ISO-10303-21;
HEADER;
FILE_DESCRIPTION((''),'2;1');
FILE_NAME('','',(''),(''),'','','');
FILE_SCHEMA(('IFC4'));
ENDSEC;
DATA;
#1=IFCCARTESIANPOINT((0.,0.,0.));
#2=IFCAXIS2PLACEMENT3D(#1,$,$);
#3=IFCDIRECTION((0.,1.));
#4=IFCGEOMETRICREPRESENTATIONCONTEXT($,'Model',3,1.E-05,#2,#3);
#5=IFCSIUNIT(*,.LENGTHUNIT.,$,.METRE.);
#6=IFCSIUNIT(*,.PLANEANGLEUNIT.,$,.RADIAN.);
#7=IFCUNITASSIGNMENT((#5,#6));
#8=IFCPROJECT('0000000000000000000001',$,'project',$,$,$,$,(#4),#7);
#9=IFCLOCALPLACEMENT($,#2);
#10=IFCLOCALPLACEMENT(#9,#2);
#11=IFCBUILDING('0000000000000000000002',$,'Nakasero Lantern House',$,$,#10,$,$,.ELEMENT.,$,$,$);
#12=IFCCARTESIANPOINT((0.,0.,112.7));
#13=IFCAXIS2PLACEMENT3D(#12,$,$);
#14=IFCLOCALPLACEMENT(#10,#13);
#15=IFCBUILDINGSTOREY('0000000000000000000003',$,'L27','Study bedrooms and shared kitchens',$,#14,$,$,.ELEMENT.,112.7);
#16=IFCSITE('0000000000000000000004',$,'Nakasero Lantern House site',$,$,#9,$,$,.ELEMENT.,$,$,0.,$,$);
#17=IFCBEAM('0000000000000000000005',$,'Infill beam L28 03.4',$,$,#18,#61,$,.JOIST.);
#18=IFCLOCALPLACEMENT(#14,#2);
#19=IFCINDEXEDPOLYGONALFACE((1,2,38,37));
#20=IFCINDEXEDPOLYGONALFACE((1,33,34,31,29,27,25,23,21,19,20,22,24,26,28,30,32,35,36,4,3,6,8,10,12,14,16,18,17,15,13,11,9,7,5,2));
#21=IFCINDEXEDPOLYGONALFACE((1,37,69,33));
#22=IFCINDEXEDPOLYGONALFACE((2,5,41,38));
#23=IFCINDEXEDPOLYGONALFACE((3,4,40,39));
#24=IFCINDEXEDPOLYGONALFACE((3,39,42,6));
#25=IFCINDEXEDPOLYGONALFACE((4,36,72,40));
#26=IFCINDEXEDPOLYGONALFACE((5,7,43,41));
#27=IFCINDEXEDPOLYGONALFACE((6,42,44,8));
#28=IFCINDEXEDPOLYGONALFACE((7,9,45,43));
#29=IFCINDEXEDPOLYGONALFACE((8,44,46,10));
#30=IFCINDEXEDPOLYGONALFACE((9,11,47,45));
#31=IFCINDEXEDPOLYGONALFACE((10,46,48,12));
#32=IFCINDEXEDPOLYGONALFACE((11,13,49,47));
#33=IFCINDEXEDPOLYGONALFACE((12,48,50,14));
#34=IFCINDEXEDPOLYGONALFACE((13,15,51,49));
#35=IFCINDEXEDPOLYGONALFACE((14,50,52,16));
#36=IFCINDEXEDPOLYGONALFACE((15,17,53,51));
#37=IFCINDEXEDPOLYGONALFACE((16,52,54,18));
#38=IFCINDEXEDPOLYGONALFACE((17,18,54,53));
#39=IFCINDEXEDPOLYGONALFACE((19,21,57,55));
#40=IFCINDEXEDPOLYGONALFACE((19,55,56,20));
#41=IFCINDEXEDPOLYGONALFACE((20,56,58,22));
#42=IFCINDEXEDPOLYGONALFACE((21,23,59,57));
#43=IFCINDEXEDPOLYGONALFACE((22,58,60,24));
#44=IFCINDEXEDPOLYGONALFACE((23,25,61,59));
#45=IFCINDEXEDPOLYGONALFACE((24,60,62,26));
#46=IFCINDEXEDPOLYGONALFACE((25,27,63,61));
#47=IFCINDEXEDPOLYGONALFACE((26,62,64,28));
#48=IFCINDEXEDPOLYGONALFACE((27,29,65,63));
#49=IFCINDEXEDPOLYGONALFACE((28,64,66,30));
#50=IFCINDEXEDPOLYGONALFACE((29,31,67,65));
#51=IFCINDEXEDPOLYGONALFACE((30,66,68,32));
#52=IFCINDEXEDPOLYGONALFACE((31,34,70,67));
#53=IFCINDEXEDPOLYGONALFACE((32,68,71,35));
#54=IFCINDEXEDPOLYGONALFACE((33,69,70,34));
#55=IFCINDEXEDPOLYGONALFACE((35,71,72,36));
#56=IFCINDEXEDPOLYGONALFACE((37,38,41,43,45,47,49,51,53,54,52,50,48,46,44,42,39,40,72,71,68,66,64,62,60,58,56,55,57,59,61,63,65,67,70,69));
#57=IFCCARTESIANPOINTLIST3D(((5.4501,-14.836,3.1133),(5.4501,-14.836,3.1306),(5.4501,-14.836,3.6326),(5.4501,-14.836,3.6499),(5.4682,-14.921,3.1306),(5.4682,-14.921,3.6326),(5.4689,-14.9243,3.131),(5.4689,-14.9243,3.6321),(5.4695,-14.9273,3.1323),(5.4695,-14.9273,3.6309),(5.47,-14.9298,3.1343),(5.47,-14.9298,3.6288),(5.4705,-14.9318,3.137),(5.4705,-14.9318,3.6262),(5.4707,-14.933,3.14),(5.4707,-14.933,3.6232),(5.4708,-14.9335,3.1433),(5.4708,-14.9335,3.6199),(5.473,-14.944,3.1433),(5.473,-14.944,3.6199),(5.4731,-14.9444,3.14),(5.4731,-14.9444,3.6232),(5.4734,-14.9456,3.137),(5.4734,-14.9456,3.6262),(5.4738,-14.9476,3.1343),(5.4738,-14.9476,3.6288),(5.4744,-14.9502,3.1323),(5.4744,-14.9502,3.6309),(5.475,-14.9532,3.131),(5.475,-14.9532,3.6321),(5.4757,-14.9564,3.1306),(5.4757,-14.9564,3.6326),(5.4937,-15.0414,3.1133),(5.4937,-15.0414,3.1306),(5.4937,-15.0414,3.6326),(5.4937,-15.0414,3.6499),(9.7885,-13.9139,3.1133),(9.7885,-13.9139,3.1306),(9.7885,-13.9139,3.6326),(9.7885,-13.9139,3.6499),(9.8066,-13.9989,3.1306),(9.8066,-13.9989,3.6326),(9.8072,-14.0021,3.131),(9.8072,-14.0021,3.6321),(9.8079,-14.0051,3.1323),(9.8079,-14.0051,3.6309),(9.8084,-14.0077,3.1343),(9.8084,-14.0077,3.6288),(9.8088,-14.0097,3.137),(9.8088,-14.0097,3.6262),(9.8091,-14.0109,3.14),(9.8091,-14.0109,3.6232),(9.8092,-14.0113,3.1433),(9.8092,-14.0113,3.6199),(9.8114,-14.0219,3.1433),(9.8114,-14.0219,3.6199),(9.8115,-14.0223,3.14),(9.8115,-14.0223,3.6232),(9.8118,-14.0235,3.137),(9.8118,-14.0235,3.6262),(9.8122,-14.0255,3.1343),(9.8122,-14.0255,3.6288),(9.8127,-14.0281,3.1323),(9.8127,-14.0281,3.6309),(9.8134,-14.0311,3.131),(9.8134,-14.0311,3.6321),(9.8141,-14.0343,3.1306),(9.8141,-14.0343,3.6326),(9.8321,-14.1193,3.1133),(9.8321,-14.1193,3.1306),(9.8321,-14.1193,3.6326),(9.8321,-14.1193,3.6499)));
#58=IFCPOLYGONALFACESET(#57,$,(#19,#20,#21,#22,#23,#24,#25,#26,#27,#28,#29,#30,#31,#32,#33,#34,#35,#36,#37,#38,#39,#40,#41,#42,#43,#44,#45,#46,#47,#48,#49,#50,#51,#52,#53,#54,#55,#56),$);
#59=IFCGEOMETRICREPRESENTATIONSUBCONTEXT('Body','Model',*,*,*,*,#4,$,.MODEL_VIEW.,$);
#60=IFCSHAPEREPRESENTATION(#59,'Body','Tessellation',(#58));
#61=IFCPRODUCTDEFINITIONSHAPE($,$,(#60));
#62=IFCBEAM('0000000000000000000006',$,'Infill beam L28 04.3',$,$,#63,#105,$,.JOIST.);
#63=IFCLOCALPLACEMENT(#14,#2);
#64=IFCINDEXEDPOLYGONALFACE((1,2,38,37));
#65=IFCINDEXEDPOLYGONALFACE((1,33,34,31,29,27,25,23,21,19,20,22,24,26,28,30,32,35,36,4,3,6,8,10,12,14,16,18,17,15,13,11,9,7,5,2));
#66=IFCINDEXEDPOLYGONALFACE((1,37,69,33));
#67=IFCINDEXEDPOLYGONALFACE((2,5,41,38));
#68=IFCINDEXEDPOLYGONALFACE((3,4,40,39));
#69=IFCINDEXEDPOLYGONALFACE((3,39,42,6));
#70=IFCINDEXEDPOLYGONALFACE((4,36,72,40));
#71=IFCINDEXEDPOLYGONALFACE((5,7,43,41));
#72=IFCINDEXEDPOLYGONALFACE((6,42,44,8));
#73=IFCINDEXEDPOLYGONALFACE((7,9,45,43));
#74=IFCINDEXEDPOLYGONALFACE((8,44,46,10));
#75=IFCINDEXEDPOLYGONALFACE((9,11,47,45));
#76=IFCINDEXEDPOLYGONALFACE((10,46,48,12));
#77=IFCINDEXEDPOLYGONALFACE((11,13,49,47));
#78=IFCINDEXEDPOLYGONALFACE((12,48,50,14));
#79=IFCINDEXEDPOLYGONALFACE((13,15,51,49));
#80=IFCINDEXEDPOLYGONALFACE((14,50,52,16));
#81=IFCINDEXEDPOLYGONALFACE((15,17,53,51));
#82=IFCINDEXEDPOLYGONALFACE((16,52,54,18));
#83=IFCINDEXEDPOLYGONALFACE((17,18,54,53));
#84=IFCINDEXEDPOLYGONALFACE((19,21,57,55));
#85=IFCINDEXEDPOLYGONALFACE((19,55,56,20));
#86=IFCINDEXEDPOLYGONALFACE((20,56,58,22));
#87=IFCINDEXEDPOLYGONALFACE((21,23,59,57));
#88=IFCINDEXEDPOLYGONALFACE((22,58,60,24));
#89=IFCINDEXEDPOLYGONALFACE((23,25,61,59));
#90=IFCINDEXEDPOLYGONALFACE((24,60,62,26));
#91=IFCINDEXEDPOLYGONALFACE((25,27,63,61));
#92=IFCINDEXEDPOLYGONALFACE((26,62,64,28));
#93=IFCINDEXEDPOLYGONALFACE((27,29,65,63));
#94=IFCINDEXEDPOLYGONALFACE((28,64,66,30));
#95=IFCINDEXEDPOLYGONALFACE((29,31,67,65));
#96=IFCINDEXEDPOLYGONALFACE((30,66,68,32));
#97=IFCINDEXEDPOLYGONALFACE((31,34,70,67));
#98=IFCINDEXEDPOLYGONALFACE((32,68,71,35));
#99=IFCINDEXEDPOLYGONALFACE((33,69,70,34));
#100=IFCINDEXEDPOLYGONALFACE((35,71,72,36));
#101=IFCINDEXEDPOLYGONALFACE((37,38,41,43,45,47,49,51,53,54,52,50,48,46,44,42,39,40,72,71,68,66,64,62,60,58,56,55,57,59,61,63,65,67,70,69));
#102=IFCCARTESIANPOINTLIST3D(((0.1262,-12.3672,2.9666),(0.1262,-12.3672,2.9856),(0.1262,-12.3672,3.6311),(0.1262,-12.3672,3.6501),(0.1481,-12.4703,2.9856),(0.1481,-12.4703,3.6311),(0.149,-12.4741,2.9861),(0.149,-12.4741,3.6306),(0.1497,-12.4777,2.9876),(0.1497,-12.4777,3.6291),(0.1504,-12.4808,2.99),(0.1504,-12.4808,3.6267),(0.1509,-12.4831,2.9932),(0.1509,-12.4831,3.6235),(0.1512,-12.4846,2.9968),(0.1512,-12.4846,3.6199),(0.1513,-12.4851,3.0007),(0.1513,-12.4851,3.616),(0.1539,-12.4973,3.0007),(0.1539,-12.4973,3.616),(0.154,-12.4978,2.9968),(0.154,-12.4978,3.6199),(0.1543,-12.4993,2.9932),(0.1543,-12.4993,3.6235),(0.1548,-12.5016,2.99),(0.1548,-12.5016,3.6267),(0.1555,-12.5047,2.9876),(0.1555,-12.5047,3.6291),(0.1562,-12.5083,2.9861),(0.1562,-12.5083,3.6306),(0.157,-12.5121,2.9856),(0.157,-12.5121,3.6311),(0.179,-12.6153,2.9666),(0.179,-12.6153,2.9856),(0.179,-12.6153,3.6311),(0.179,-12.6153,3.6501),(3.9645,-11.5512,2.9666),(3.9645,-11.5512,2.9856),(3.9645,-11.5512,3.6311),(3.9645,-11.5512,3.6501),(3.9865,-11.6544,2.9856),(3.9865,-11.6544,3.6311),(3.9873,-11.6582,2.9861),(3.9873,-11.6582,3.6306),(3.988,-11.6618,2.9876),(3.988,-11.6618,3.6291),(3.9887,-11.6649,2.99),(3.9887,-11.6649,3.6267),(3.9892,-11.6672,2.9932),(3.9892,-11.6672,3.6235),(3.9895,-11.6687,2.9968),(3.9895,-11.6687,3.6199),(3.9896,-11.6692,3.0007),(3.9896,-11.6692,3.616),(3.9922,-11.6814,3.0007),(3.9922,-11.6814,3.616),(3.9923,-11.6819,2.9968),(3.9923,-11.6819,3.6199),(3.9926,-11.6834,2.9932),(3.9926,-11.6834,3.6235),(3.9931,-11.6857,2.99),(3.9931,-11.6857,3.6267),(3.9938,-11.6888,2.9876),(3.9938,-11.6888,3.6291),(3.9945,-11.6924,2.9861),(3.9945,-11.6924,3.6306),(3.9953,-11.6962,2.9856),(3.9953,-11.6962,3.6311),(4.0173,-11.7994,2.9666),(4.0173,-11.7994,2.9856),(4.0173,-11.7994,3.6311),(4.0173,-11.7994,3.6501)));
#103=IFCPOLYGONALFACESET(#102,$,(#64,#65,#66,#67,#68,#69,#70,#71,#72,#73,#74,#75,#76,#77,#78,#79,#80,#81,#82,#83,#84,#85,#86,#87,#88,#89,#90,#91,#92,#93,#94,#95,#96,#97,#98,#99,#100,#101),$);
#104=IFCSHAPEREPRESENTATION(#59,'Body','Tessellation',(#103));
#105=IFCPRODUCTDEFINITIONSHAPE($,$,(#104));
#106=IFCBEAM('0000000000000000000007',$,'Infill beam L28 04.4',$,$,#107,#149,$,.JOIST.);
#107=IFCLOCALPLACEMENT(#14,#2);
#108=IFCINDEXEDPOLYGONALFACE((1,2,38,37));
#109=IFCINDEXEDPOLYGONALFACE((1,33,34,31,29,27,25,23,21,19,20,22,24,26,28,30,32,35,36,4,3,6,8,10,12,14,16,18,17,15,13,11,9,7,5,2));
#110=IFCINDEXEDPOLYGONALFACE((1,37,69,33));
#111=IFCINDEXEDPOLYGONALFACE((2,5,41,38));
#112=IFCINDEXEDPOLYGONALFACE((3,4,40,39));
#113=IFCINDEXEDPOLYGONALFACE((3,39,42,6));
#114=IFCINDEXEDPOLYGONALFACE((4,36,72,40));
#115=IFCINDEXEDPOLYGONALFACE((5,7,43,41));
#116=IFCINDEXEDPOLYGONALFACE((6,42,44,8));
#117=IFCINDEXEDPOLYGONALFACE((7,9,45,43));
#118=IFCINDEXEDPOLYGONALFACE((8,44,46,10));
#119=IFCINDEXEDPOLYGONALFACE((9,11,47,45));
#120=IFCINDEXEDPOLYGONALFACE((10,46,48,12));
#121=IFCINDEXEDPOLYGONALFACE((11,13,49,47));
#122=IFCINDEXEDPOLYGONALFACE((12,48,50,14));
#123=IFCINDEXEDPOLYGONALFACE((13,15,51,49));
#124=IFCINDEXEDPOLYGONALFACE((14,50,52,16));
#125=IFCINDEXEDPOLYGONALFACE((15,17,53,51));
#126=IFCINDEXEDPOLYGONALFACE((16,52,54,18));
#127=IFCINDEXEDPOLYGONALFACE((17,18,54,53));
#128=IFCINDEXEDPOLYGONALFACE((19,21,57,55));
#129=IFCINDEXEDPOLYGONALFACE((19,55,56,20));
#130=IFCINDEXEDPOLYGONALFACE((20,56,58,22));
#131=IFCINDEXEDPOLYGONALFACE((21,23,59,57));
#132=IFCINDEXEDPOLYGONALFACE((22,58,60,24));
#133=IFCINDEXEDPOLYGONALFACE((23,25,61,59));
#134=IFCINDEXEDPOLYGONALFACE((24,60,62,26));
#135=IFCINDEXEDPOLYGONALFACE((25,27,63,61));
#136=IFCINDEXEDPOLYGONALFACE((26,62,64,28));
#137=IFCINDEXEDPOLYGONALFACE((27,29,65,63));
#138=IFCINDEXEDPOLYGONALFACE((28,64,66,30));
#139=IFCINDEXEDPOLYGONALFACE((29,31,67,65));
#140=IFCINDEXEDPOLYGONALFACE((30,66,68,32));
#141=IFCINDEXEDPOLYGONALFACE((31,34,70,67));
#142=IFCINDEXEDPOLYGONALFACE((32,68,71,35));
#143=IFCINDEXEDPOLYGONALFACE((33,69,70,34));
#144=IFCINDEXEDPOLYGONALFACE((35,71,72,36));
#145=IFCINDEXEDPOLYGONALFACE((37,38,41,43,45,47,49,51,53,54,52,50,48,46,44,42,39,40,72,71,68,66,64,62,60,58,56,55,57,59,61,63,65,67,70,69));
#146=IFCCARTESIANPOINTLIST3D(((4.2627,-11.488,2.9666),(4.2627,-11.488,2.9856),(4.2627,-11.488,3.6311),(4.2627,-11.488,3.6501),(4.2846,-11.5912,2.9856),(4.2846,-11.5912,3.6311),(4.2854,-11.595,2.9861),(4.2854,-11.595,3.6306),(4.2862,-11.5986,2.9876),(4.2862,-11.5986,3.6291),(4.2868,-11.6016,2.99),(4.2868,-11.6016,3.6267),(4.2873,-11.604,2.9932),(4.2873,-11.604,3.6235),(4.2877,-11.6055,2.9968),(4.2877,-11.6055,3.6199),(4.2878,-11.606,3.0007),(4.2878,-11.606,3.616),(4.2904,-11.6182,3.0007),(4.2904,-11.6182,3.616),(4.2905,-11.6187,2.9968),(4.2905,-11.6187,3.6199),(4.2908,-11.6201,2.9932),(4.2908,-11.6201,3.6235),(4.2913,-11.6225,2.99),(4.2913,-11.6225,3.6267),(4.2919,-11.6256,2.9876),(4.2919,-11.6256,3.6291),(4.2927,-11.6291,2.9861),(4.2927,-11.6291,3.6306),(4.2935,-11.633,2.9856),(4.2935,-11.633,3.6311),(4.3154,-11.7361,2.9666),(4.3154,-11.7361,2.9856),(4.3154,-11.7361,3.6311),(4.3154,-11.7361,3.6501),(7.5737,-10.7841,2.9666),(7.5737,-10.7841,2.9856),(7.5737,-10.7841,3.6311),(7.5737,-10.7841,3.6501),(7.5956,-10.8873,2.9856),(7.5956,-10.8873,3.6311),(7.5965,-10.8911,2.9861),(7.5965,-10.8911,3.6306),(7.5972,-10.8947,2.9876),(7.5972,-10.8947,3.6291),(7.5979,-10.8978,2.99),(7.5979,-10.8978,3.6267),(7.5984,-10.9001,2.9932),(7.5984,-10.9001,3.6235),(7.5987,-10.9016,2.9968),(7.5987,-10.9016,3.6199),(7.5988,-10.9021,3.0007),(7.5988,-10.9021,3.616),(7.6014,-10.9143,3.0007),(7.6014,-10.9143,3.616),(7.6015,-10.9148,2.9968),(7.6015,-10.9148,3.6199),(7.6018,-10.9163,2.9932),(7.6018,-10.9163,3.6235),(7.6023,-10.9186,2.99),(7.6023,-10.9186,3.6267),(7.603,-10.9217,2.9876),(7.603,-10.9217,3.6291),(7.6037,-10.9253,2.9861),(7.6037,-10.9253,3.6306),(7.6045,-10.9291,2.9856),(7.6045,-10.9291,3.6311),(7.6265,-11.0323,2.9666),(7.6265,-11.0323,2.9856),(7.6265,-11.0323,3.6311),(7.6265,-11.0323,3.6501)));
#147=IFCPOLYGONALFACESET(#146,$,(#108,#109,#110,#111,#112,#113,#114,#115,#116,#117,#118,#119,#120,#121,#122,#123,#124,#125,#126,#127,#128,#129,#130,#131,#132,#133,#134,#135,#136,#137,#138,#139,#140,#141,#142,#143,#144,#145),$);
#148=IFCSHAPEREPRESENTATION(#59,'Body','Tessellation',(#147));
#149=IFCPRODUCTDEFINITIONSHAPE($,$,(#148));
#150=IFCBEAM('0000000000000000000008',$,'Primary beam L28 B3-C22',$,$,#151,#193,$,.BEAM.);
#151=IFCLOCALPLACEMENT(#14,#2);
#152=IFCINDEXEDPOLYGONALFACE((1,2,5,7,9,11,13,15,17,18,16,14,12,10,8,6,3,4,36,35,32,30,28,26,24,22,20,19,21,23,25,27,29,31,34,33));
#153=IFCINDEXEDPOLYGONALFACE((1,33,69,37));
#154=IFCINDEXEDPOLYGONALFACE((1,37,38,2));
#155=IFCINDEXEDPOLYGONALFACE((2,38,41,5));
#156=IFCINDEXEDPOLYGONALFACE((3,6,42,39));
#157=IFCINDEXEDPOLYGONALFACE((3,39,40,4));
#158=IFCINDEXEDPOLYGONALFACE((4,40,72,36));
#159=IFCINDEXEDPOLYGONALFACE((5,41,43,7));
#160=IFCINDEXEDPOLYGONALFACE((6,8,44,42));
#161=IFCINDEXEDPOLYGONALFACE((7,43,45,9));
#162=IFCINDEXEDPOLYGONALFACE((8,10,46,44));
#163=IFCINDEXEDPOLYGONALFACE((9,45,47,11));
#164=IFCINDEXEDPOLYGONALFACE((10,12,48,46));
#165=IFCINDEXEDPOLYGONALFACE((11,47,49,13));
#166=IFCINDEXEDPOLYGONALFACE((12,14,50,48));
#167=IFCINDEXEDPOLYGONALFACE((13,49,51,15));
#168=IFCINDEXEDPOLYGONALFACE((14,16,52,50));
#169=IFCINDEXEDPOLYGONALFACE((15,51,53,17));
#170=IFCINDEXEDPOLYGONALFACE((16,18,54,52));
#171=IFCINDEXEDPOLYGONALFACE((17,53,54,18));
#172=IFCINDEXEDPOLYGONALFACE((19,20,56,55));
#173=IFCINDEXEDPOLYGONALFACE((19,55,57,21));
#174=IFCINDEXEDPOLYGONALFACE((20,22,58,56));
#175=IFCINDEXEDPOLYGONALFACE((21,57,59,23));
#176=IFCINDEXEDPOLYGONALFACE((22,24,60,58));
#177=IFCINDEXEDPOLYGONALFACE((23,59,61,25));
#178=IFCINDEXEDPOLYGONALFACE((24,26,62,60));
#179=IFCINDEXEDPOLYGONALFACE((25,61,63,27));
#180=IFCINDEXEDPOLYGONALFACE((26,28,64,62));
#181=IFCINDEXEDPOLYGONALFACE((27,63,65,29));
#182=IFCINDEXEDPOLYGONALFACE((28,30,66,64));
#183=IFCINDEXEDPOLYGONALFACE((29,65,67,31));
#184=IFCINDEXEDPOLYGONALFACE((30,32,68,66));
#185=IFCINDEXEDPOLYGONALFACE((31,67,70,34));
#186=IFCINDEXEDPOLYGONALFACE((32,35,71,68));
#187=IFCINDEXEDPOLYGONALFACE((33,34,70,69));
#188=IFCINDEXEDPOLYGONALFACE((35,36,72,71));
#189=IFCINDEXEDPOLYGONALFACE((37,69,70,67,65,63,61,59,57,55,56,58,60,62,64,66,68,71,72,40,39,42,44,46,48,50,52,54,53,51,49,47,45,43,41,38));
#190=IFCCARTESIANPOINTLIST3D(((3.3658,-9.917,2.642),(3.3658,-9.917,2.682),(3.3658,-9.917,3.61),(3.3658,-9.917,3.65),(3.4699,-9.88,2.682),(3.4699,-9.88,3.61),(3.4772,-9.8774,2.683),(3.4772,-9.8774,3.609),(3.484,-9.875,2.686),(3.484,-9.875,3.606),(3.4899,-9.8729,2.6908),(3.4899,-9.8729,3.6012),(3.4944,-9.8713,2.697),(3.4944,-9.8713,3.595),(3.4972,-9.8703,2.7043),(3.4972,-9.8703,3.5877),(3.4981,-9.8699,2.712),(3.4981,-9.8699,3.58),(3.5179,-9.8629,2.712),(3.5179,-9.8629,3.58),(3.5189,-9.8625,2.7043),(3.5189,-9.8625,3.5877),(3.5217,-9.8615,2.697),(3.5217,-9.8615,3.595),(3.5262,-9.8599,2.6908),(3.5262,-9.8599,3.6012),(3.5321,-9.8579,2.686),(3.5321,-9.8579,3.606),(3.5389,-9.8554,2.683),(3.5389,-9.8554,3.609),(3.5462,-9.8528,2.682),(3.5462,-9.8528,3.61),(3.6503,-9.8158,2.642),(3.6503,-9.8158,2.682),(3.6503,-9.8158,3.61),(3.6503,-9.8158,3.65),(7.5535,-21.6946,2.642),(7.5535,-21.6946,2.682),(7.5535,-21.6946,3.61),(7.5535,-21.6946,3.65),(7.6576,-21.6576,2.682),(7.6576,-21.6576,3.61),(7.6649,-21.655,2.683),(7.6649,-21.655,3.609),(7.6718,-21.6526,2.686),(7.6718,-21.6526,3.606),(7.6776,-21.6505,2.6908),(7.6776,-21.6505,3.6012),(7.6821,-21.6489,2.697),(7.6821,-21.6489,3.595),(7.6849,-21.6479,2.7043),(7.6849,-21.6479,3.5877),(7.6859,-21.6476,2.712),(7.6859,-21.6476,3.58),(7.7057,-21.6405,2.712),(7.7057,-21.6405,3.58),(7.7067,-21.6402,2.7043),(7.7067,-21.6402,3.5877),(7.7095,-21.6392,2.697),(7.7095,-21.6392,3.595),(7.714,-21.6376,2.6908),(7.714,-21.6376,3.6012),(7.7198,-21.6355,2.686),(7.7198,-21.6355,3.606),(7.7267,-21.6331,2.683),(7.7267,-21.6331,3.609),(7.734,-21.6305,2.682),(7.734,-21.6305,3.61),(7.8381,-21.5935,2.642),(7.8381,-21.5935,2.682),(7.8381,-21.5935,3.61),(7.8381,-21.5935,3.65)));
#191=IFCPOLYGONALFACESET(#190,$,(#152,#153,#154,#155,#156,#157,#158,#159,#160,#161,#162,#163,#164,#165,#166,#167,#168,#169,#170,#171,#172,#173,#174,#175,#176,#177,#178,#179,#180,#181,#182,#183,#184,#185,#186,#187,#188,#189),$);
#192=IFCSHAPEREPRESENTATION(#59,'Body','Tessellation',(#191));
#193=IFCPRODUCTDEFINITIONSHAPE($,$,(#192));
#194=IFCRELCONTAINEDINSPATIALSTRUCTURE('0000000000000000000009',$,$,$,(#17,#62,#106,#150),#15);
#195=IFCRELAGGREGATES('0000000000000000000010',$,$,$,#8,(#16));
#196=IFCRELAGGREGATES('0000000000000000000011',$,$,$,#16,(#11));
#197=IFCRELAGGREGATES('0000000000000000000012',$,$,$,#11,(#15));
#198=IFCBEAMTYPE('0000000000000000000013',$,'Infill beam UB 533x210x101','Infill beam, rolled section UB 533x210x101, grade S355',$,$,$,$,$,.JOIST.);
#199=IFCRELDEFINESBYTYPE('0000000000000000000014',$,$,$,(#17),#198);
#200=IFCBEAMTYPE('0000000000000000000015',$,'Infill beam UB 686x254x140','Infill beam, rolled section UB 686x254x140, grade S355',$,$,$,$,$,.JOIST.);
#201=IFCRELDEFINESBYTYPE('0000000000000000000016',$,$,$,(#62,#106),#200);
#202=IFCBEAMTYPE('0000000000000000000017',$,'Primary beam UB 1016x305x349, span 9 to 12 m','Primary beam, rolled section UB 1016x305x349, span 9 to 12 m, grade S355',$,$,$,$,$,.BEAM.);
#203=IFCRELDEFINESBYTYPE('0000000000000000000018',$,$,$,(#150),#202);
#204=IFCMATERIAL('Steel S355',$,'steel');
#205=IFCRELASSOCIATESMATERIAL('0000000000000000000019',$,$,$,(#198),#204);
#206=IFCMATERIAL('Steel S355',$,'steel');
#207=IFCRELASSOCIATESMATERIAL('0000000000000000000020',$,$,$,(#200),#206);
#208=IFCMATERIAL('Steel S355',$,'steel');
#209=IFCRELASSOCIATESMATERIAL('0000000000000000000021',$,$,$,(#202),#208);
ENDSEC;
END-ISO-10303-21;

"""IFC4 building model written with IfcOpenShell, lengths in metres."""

from ifc_helpers import new_model, si_unit, direction, frame, origin, origin_2d, place, context, subcontext, project, spatial, i_section, extrude, material, material_profile, profile_set, type_object, element, save


model = new_model("IFC4")

# Units and contexts
model_context = context("Model", 3, precision=1e-05, world=origin(), true_north=direction((0.0, 1.0)))
body_context = subcontext(model_context, "Body", "Model", "MODEL_VIEW")
ifc_project = project(units=[si_unit("LENGTHUNIT", "METRE"), si_unit("PLANEANGLEUNIT", "RADIAN")], contexts=[model_context])

# Site, building, storey
site_placement = place(None, origin())
site = spatial("IfcSite", under=ifc_project, at=site_placement, Name="Nakasero Lantern House site", CompositionType="ELEMENT", RefElevation=0.0)
building_placement = place(site_placement, origin())
building = spatial("IfcBuilding", under=site, at=building_placement, Name="Nakasero Lantern House", CompositionType="ELEMENT")
storey_placement = place(building_placement, frame((0.0, 0.0, 112.7)))
storey = spatial("IfcBuildingStorey", under=building, at=storey_placement, Name="L27", Description="Study bedrooms and shared kitchens", CompositionType="ELEMENT", Elevation=112.7)

# Beams
ifc_material_1 = material(Name="Steel S355", Category="steel")
ifc_material_profile_1 = material_profile(ifc_material_1, i_section(OverallWidth=0.21, OverallDepth=0.5366, WebThickness=0.0107, FlangeThickness=0.0173, FilletRadius=0.0127, at=origin_2d()), Name="UB 533x210x101")
ifc_profile_set_1 = profile_set([ifc_material_profile_1], Name="Steel S355")
beam_type_1 = type_object("IfcBeamType", Name="Infill beam UB 533x210x101", Description="Infill beam, rolled section UB 533x210x101, grade S355", PredefinedType="JOIST", material=ifc_profile_set_1)
beam_1_placement = place(storey_placement, frame((5.4719, -14.9387, 3.3816), z_axis=(0.978149, 0.207905, 0.0), x_axis=(-0.207905, 0.978149, 0.0)))
element("IfcBeam", 1, at=beam_1_placement, inside=storey, type_object=beam_type_1, Name="Infill beam L28 03.4", PredefinedType="JOIST", context=body_context, shape_type="SweptSolid", body=[
    extrude(i_section(OverallWidth=0.21, OverallDepth=0.5366, WebThickness=0.0107, FlangeThickness=0.0173, FilletRadius=0.0127, at=origin_2d()), origin(), (0.0, 0.0, 1.0), 4.4353),
])
ifc_material_2 = material(Name="Steel S355", Category="steel")
ifc_material_profile_2 = material_profile(ifc_material_2, i_section(OverallWidth=0.2537, OverallDepth=0.6836, WebThickness=0.0125, FlangeThickness=0.019, FilletRadius=0.0151, at=origin_2d()), Name="UB 686x254x140")
ifc_profile_set_2 = profile_set([ifc_material_profile_2], Name="Steel S355")
beam_type_2 = type_object("IfcBeamType", Name="Infill beam UB 686x254x140", Description="Infill beam, rolled section UB 686x254x140, grade S355", PredefinedType="JOIST", material=ifc_profile_set_2)
beam_2_placement = place(storey_placement, frame((0.1526, -12.4912, 3.3083), z_axis=(0.978145, 0.207923, 0.0), x_axis=(-0.207923, 0.978145, 0.0)))
element("IfcBeam", 2, at=beam_2_placement, inside=storey, type_object=beam_type_2, Name="Infill beam L28 04.3", PredefinedType="JOIST", context=body_context, shape_type="SweptSolid", body=[
    extrude(i_section(OverallWidth=0.2537, OverallDepth=0.6836, WebThickness=0.0125, FlangeThickness=0.019, FilletRadius=0.0151, at=origin_2d()), origin(), (0.0, 0.0, 1.0), 3.9241),
])
beam_3_placement = place(storey_placement, frame((4.2891, -11.6121, 3.3083), z_axis=(0.978143, 0.207933, 0.0), x_axis=(-0.207933, 0.978143, 0.0)))
element("IfcBeam", 3, at=beam_3_placement, inside=storey, type_object=beam_type_2, Name="Infill beam L28 04.4", PredefinedType="JOIST", context=body_context, shape_type="SweptSolid", body=[
    extrude(i_section(OverallWidth=0.2537, OverallDepth=0.6836, WebThickness=0.0125, FlangeThickness=0.019, FilletRadius=0.0151, at=origin_2d()), origin(), (0.0, 0.0, 1.0), 3.385),
])
ifc_material_3 = material(Name="Steel S355", Category="steel")
ifc_material_profile_3 = material_profile(ifc_material_3, i_section(OverallWidth=0.302, OverallDepth=1.0081, WebThickness=0.021, FlangeThickness=0.04, FilletRadius=0.03, at=origin_2d()), Name="UB 1016x305x349")
ifc_profile_set_3 = profile_set([ifc_material_profile_3], Name="Steel S355")
beam_type_3 = type_object("IfcBeamType", Name="Primary beam UB 1016x305x349, span 9 to 12 m", Description="Primary beam, rolled section UB 1016x305x349, span 9 to 12 m, grade S355", PredefinedType="BEAM", material=ifc_profile_set_3)
beam_4_placement = place(storey_placement, frame((7.6958, -21.644, 3.146), z_axis=(-0.335021, 0.942211, 0.0), x_axis=(-0.942211, -0.335021, 0.0)))
element("IfcBeam", 4, at=beam_4_placement, inside=storey, type_object=beam_type_3, Name="Primary beam L28 B3-C22", PredefinedType="BEAM", context=body_context, shape_type="SweptSolid", body=[
    extrude(i_section(OverallWidth=0.302, OverallDepth=1.0081, WebThickness=0.021, FlangeThickness=0.04, FilletRadius=0.03, at=origin_2d()), origin(), (0.0, 0.0, 1.0), 12.5),
])

save(model, "model.ifc")
